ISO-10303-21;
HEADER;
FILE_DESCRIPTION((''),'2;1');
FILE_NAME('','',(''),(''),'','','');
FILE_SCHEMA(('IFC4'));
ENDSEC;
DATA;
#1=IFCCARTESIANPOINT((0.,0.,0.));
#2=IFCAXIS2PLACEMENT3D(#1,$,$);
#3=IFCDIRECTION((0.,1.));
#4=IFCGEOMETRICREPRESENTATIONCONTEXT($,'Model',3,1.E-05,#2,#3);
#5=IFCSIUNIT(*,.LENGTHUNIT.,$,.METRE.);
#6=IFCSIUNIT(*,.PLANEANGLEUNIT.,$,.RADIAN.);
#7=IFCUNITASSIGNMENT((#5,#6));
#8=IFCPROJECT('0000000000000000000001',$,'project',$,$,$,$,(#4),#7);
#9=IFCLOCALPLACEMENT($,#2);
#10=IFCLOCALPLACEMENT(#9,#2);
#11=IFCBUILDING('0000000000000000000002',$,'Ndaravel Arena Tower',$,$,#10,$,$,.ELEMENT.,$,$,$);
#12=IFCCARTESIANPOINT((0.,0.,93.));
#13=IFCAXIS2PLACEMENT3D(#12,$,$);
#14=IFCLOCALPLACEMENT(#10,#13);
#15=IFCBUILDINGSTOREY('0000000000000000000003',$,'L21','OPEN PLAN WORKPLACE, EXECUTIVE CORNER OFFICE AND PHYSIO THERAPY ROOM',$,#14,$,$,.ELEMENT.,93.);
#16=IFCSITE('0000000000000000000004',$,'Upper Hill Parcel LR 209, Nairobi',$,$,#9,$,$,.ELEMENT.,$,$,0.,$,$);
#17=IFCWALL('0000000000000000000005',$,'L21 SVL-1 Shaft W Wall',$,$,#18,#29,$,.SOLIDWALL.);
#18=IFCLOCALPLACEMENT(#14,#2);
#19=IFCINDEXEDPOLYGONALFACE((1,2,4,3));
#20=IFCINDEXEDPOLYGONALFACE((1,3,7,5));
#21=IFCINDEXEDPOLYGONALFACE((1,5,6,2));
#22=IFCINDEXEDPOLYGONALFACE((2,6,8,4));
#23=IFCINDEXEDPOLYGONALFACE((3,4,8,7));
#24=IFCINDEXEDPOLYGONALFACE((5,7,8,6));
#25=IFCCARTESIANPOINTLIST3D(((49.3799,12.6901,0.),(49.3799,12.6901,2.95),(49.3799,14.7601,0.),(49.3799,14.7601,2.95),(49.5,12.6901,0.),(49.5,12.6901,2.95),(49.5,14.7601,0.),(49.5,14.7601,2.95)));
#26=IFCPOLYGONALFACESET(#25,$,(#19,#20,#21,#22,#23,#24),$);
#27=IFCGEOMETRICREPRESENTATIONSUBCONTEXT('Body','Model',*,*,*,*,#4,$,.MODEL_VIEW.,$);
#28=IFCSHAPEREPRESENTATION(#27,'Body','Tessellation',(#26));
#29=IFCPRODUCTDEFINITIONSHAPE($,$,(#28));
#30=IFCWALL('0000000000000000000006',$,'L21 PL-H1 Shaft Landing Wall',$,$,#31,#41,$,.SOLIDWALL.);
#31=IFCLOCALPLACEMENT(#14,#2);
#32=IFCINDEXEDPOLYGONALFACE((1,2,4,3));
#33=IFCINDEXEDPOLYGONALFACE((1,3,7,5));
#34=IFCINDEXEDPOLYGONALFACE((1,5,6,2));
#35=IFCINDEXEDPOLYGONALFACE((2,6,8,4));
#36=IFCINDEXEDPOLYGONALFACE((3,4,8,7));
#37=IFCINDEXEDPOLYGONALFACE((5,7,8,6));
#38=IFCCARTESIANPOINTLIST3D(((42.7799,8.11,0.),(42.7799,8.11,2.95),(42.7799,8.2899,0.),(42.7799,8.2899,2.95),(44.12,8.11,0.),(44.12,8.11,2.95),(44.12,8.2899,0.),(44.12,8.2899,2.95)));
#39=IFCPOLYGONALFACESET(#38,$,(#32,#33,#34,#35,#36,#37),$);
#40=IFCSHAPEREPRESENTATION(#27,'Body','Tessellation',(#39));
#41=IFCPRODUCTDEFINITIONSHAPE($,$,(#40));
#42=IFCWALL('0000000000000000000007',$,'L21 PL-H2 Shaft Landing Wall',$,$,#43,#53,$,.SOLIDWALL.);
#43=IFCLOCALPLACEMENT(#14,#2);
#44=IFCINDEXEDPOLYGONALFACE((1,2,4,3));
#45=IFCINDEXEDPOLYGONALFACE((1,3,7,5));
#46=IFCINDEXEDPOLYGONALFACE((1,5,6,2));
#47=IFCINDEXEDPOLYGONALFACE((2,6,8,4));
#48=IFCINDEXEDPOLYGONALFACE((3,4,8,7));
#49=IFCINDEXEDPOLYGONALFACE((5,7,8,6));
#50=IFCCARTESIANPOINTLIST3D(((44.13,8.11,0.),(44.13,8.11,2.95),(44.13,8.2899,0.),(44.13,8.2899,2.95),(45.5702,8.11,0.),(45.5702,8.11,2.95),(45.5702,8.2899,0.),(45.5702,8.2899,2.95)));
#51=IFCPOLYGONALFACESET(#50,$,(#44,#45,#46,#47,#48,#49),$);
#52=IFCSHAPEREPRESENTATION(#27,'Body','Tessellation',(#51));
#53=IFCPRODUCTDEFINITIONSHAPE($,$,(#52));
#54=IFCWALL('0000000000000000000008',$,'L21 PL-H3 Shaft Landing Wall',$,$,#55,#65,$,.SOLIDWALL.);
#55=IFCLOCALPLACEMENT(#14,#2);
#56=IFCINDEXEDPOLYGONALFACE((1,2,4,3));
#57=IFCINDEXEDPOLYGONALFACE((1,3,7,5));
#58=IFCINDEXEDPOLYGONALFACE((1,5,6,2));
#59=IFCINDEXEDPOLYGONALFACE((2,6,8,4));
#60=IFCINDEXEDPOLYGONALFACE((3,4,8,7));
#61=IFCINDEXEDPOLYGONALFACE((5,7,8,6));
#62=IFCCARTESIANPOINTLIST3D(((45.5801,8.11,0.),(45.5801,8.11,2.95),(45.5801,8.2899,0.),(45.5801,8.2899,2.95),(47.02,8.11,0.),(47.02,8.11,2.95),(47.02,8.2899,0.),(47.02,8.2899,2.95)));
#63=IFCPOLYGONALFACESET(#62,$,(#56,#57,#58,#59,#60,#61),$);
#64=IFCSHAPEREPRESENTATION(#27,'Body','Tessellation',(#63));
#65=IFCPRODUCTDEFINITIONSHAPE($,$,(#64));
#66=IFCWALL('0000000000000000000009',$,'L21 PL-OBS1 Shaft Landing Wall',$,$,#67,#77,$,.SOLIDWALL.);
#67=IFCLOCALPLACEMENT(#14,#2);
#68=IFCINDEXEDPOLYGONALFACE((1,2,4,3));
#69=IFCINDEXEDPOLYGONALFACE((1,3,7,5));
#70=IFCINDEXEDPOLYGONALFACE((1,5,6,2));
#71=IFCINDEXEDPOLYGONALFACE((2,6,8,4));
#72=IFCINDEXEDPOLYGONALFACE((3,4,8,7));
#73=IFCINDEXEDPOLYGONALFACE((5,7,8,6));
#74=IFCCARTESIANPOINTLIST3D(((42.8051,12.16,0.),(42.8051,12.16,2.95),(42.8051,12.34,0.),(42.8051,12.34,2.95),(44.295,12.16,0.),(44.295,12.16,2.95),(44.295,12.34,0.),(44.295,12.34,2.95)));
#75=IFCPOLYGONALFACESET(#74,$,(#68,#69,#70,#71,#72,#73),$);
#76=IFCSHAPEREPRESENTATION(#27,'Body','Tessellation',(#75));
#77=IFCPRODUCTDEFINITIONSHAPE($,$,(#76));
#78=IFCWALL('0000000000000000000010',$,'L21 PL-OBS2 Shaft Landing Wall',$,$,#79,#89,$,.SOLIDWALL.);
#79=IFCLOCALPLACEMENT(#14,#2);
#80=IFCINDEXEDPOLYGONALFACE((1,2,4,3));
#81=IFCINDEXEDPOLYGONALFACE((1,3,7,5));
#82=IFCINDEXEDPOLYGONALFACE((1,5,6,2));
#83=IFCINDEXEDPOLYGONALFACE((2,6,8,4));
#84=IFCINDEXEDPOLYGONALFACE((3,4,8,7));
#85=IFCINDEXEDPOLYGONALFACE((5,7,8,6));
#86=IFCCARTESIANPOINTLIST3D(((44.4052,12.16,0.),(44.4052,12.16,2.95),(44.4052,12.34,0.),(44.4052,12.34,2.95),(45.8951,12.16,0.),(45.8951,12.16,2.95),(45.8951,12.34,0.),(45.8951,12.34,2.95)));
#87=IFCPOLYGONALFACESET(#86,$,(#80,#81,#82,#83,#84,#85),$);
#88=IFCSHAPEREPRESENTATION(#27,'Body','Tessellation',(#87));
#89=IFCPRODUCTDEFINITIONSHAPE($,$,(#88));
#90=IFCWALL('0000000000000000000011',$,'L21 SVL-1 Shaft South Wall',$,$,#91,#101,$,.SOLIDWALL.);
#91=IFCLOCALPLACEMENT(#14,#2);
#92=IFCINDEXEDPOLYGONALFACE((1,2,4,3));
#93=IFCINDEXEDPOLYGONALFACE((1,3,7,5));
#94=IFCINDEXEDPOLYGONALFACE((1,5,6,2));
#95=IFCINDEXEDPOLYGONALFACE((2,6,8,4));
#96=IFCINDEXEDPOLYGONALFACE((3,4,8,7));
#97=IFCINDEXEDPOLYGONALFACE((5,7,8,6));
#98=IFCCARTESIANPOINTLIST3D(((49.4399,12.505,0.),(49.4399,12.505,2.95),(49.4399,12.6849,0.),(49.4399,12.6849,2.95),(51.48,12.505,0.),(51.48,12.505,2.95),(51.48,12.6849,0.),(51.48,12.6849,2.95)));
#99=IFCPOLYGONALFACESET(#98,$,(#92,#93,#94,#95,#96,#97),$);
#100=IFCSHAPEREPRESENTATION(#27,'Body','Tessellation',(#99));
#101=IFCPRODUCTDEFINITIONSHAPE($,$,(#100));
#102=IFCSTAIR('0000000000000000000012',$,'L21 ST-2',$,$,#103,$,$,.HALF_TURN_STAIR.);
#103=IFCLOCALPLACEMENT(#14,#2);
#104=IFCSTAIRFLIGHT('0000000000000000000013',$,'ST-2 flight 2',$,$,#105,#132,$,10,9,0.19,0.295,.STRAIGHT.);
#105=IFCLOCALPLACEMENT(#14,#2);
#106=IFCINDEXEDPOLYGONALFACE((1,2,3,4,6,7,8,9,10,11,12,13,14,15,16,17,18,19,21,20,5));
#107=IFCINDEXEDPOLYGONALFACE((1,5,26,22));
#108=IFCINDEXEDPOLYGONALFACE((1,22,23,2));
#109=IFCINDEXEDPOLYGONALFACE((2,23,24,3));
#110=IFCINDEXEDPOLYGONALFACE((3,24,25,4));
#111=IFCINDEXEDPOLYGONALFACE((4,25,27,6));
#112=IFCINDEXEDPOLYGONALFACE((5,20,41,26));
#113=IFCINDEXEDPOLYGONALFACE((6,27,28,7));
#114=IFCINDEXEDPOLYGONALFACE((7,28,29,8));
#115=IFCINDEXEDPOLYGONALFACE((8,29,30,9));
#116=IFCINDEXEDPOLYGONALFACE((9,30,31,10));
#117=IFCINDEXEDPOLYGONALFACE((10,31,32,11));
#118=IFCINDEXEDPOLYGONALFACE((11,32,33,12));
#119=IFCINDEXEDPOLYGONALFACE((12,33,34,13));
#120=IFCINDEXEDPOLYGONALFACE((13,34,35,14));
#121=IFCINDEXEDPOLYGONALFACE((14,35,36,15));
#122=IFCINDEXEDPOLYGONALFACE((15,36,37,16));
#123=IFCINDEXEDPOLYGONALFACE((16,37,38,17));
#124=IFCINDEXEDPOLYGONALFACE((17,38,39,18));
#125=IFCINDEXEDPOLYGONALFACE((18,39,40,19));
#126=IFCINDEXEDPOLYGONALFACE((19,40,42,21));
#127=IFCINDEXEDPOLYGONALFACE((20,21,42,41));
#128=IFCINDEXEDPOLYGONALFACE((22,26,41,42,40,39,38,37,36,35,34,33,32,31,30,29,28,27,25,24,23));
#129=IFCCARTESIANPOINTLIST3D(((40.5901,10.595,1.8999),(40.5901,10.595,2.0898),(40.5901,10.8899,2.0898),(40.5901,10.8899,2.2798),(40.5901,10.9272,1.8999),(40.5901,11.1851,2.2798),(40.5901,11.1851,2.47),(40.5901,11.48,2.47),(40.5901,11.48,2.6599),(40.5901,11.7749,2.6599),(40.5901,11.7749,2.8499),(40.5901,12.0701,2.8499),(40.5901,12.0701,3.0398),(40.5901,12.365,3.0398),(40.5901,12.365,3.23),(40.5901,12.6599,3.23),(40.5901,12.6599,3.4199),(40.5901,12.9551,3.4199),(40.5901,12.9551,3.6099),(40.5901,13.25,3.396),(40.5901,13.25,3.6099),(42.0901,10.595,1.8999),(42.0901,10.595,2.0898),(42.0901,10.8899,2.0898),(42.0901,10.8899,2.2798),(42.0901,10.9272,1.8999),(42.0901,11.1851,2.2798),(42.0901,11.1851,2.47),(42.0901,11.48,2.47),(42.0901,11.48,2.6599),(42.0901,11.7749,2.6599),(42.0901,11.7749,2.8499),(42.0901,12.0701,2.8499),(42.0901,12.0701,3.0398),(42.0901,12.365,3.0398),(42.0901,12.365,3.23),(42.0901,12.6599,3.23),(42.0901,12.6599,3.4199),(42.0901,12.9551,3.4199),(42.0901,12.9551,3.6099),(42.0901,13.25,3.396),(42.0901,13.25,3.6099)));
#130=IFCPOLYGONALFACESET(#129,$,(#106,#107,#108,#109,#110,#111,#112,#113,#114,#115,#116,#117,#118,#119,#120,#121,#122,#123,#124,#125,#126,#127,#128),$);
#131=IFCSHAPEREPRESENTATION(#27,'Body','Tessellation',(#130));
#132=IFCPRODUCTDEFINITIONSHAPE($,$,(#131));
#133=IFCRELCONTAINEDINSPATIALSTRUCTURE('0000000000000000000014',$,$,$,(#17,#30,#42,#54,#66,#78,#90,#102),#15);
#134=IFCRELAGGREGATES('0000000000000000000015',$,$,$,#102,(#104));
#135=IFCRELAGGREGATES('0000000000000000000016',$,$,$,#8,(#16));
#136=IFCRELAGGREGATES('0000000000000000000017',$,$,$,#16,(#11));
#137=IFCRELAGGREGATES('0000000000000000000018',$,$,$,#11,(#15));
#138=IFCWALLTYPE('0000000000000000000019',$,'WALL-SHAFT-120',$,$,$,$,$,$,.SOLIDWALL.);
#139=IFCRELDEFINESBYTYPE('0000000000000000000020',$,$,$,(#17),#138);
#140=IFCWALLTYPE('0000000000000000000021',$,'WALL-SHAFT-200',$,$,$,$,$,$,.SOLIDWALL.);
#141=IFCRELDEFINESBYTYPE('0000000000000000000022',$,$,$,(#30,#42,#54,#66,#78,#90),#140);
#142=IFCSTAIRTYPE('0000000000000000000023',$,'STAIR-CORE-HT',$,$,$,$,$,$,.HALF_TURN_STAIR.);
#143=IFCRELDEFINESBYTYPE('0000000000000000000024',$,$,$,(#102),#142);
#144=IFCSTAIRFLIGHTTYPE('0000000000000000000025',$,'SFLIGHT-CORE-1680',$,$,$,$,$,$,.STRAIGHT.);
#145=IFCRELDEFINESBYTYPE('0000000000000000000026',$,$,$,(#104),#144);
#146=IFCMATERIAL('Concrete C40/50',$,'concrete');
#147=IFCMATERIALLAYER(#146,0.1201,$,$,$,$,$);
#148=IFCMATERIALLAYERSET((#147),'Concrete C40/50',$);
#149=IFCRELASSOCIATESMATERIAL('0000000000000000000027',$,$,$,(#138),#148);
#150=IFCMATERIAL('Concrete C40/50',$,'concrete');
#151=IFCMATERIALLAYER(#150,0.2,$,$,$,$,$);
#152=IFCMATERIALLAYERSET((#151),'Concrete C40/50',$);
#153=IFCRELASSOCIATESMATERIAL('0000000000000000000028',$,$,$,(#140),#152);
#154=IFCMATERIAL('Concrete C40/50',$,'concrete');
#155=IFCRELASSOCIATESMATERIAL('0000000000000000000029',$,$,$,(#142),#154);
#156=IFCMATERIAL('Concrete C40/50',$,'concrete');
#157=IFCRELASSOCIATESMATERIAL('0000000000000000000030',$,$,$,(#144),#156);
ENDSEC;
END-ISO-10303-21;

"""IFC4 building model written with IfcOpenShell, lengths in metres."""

from ifc_helpers import new_model, si_unit, direction, frame, frame_2d, origin, place, context, subcontext, project, spatial, polyline, rectangle, outline, extrude, material, layer, layer_set, type_object, element, aggregate, save


model = new_model("IFC4")

# Units and contexts
model_context = context("Model", 3, precision=1e-05, world=origin(), true_north=direction((0.0, 1.0)))
body_context = subcontext(model_context, "Body", "Model", "MODEL_VIEW")
ifc_project = project(units=[si_unit("LENGTHUNIT", "METRE"), si_unit("PLANEANGLEUNIT", "RADIAN")], contexts=[model_context])

# Site, building, storey
site_placement = place(None, origin())
site = spatial("IfcSite", under=ifc_project, at=site_placement, Name="Upper Hill Parcel LR 209, Nairobi", CompositionType="ELEMENT", RefElevation=0.0)
building_placement = place(site_placement, origin())
building = spatial("IfcBuilding", under=site, at=building_placement, Name="Ndaravel Arena Tower", CompositionType="ELEMENT")
storey_placement = place(building_placement, frame((0.0, 0.0, 93.0)))
storey = spatial("IfcBuildingStorey", under=building, at=storey_placement, Name="L21", Description="OPEN PLAN WORKPLACE, EXECUTIVE CORNER OFFICE AND PHYSIO THERAPY ROOM", CompositionType="ELEMENT", Elevation=93.0)

# Walls
ifc_material_1 = material(Name="Concrete C40/50", Category="concrete")
ifc_layer_1 = layer(ifc_material_1, 0.1201)
ifc_layer_set_1 = layer_set([ifc_layer_1], Name="Concrete C40/50")
wall_type_1 = type_object("IfcWallType", Name="WALL-SHAFT-120", PredefinedType="SOLIDWALL", material=ifc_layer_set_1)
wall_1_placement = place(storey_placement, frame((49.4399, 12.6899, 0.0), z_axis=(0.0, 0.0, 1.0), x_axis=(0.0, 1.0, 0.0)))
element("IfcWall", 1, at=wall_1_placement, inside=storey, type_object=wall_type_1, Name="L21 SVL-1 Shaft W Wall", PredefinedType="SOLIDWALL", context=body_context, shape_type="SweptSolid", body=[
    extrude(rectangle(XDim=2.0701, YDim=0.1201, at=frame_2d((1.0352, 0.0))), origin(), (0.0, 0.0, 1.0), 2.95),
])
ifc_material_2 = material(Name="Concrete C40/50", Category="concrete")
ifc_layer_2 = layer(ifc_material_2, 0.2)
ifc_layer_set_2 = layer_set([ifc_layer_2], Name="Concrete C40/50")
wall_type_2 = type_object("IfcWallType", Name="WALL-SHAFT-200", PredefinedType="SOLIDWALL", material=ifc_layer_set_2)
wall_2_placement = place(storey_placement, frame((42.78, 8.2, 0.0), z_axis=(0.0, 0.0, 1.0), x_axis=(1.0, 0.0, 0.0)))
element("IfcWall", 2, at=wall_2_placement, inside=storey, type_object=wall_type_2, Name="L21 PL-H1 Shaft Landing Wall", PredefinedType="SOLIDWALL", context=body_context, shape_type="SweptSolid", body=[
    extrude(rectangle(XDim=1.3401, YDim=0.1799, at=frame_2d((0.6699, 0.0))), origin(), (0.0, 0.0, 1.0), 2.95),
])
wall_3_placement = place(storey_placement, frame((44.1299, 8.2, 0.0), z_axis=(0.0, 0.0, 1.0), x_axis=(1.0, 0.0, 0.0)))
element("IfcWall", 3, at=wall_3_placement, inside=storey, type_object=wall_type_2, Name="L21 PL-H2 Shaft Landing Wall", PredefinedType="SOLIDWALL", context=body_context, shape_type="SweptSolid", body=[
    extrude(rectangle(XDim=1.4402, YDim=0.1799, at=frame_2d((0.7202, 0.0))), origin(), (0.0, 0.0, 1.0), 2.95),
])
wall_4_placement = place(storey_placement, frame((45.5801, 8.2, 0.0), z_axis=(0.0, 0.0, 1.0), x_axis=(1.0, 0.0, 0.0)))
element("IfcWall", 4, at=wall_4_placement, inside=storey, type_object=wall_type_2, Name="L21 PL-H3 Shaft Landing Wall", PredefinedType="SOLIDWALL", context=body_context, shape_type="SweptSolid", body=[
    extrude(rectangle(XDim=1.4399, YDim=0.1799, at=frame_2d((0.72, 0.0))), origin(), (0.0, 0.0, 1.0), 2.95),
])
for number, where, z_axis, x_axis, name in (
    (5, (42.8049, 12.25, 0.0), (0.0, 0.0, 1.0), (1.0, 0.0, 0.0), "L21 PL-OBS1 Shaft Landing Wall"),
    (6, (44.405, 12.25, 0.0), (0.0, 0.0, 1.0), (1.0, 0.0, 0.0), "L21 PL-OBS2 Shaft Landing Wall"),
):
    element("IfcWall", number, at=place(storey_placement, frame(where, z_axis=z_axis, x_axis=x_axis)), inside=storey, type_object=wall_type_2, Name=name, PredefinedType="SOLIDWALL", context=body_context, shape_type="SweptSolid", body=[
        extrude(rectangle(XDim=1.49, YDim=0.1799, at=frame_2d((0.7451, 0.0))), origin(), (0.0, 0.0, 1.0), 2.95),
    ])

# Wall
wall_5_placement = place(storey_placement, frame((49.4399, 12.595, 0.0), z_axis=(0.0, 0.0, 1.0), x_axis=(1.0, 0.0, 0.0)))
element("IfcWall", 7, at=wall_5_placement, inside=storey, type_object=wall_type_2, Name="L21 SVL-1 Shaft South Wall", PredefinedType="SOLIDWALL", context=body_context, shape_type="SweptSolid", body=[
    extrude(rectangle(XDim=2.04, YDim=0.1799, at=frame_2d((1.02, 0.0))), origin(), (0.0, 0.0, 1.0), 2.95),
])

# Stair, stair flight
ifc_material_3 = material(Name="Concrete C40/50", Category="concrete")
stair_type = type_object("IfcStairType", Name="STAIR-CORE-HT", PredefinedType="HALF_TURN_STAIR", material=ifc_material_3)
stair_placement = place(storey_placement, origin())
stair = element("IfcStair", 8, at=stair_placement, inside=storey, type_object=stair_type, Name="L21 ST-2", PredefinedType="HALF_TURN_STAIR")
ifc_material_4 = material(Name="Concrete C40/50", Category="concrete")
stair_flight_type = type_object("IfcStairFlightType", Name="SFLIGHT-CORE-1680", PredefinedType="STRAIGHT", material=ifc_material_4)
stair_flight_placement = place(storey_placement, frame((41.3401, 10.595, 1.8999), z_axis=(0.0, 0.0, 1.0), x_axis=(0.0, 1.0, 0.0)))
stair_flight = element("IfcStairFlight", 9, at=stair_flight_placement, type_object=stair_flight_type, Name="ST-2 flight 2", NumberOfRisers=10, NumberOfTreads=9, PredefinedType="STRAIGHT", RiserHeight=0.19, TreadLength=0.295, context=body_context, shape_type="SweptSolid", body=[
    extrude(outline(polyline([(0.0, 0.0), (0.0, 0.1899), (0.2949, 0.1899), (0.2949, 0.3799), (0.5901, 0.3799), (0.5901, 0.5701), (0.885, 0.5701), (0.885, 0.76), (1.1799, 0.76), (1.1799, 0.95), (1.4751, 0.95), (1.4751, 1.1399), (1.77, 1.1399), (1.77, 1.3301), (2.0649, 1.3301), (2.0649, 1.52), (2.3601, 1.52), (2.3601, 1.71), (2.655, 1.71), (2.655, 1.8999), (2.655, 1.4961), (0.3323, 0.0), (0.0, 0.0)])), frame((0.0, 0.75, 0.0), z_axis=(0.0, -1.0, 0.0), x_axis=(1.0, 0.0, 0.0)), (0.0, 0.0, 1.0), 1.5),
])
aggregate(stair, [stair_flight])

save(model, "model.ifc")
